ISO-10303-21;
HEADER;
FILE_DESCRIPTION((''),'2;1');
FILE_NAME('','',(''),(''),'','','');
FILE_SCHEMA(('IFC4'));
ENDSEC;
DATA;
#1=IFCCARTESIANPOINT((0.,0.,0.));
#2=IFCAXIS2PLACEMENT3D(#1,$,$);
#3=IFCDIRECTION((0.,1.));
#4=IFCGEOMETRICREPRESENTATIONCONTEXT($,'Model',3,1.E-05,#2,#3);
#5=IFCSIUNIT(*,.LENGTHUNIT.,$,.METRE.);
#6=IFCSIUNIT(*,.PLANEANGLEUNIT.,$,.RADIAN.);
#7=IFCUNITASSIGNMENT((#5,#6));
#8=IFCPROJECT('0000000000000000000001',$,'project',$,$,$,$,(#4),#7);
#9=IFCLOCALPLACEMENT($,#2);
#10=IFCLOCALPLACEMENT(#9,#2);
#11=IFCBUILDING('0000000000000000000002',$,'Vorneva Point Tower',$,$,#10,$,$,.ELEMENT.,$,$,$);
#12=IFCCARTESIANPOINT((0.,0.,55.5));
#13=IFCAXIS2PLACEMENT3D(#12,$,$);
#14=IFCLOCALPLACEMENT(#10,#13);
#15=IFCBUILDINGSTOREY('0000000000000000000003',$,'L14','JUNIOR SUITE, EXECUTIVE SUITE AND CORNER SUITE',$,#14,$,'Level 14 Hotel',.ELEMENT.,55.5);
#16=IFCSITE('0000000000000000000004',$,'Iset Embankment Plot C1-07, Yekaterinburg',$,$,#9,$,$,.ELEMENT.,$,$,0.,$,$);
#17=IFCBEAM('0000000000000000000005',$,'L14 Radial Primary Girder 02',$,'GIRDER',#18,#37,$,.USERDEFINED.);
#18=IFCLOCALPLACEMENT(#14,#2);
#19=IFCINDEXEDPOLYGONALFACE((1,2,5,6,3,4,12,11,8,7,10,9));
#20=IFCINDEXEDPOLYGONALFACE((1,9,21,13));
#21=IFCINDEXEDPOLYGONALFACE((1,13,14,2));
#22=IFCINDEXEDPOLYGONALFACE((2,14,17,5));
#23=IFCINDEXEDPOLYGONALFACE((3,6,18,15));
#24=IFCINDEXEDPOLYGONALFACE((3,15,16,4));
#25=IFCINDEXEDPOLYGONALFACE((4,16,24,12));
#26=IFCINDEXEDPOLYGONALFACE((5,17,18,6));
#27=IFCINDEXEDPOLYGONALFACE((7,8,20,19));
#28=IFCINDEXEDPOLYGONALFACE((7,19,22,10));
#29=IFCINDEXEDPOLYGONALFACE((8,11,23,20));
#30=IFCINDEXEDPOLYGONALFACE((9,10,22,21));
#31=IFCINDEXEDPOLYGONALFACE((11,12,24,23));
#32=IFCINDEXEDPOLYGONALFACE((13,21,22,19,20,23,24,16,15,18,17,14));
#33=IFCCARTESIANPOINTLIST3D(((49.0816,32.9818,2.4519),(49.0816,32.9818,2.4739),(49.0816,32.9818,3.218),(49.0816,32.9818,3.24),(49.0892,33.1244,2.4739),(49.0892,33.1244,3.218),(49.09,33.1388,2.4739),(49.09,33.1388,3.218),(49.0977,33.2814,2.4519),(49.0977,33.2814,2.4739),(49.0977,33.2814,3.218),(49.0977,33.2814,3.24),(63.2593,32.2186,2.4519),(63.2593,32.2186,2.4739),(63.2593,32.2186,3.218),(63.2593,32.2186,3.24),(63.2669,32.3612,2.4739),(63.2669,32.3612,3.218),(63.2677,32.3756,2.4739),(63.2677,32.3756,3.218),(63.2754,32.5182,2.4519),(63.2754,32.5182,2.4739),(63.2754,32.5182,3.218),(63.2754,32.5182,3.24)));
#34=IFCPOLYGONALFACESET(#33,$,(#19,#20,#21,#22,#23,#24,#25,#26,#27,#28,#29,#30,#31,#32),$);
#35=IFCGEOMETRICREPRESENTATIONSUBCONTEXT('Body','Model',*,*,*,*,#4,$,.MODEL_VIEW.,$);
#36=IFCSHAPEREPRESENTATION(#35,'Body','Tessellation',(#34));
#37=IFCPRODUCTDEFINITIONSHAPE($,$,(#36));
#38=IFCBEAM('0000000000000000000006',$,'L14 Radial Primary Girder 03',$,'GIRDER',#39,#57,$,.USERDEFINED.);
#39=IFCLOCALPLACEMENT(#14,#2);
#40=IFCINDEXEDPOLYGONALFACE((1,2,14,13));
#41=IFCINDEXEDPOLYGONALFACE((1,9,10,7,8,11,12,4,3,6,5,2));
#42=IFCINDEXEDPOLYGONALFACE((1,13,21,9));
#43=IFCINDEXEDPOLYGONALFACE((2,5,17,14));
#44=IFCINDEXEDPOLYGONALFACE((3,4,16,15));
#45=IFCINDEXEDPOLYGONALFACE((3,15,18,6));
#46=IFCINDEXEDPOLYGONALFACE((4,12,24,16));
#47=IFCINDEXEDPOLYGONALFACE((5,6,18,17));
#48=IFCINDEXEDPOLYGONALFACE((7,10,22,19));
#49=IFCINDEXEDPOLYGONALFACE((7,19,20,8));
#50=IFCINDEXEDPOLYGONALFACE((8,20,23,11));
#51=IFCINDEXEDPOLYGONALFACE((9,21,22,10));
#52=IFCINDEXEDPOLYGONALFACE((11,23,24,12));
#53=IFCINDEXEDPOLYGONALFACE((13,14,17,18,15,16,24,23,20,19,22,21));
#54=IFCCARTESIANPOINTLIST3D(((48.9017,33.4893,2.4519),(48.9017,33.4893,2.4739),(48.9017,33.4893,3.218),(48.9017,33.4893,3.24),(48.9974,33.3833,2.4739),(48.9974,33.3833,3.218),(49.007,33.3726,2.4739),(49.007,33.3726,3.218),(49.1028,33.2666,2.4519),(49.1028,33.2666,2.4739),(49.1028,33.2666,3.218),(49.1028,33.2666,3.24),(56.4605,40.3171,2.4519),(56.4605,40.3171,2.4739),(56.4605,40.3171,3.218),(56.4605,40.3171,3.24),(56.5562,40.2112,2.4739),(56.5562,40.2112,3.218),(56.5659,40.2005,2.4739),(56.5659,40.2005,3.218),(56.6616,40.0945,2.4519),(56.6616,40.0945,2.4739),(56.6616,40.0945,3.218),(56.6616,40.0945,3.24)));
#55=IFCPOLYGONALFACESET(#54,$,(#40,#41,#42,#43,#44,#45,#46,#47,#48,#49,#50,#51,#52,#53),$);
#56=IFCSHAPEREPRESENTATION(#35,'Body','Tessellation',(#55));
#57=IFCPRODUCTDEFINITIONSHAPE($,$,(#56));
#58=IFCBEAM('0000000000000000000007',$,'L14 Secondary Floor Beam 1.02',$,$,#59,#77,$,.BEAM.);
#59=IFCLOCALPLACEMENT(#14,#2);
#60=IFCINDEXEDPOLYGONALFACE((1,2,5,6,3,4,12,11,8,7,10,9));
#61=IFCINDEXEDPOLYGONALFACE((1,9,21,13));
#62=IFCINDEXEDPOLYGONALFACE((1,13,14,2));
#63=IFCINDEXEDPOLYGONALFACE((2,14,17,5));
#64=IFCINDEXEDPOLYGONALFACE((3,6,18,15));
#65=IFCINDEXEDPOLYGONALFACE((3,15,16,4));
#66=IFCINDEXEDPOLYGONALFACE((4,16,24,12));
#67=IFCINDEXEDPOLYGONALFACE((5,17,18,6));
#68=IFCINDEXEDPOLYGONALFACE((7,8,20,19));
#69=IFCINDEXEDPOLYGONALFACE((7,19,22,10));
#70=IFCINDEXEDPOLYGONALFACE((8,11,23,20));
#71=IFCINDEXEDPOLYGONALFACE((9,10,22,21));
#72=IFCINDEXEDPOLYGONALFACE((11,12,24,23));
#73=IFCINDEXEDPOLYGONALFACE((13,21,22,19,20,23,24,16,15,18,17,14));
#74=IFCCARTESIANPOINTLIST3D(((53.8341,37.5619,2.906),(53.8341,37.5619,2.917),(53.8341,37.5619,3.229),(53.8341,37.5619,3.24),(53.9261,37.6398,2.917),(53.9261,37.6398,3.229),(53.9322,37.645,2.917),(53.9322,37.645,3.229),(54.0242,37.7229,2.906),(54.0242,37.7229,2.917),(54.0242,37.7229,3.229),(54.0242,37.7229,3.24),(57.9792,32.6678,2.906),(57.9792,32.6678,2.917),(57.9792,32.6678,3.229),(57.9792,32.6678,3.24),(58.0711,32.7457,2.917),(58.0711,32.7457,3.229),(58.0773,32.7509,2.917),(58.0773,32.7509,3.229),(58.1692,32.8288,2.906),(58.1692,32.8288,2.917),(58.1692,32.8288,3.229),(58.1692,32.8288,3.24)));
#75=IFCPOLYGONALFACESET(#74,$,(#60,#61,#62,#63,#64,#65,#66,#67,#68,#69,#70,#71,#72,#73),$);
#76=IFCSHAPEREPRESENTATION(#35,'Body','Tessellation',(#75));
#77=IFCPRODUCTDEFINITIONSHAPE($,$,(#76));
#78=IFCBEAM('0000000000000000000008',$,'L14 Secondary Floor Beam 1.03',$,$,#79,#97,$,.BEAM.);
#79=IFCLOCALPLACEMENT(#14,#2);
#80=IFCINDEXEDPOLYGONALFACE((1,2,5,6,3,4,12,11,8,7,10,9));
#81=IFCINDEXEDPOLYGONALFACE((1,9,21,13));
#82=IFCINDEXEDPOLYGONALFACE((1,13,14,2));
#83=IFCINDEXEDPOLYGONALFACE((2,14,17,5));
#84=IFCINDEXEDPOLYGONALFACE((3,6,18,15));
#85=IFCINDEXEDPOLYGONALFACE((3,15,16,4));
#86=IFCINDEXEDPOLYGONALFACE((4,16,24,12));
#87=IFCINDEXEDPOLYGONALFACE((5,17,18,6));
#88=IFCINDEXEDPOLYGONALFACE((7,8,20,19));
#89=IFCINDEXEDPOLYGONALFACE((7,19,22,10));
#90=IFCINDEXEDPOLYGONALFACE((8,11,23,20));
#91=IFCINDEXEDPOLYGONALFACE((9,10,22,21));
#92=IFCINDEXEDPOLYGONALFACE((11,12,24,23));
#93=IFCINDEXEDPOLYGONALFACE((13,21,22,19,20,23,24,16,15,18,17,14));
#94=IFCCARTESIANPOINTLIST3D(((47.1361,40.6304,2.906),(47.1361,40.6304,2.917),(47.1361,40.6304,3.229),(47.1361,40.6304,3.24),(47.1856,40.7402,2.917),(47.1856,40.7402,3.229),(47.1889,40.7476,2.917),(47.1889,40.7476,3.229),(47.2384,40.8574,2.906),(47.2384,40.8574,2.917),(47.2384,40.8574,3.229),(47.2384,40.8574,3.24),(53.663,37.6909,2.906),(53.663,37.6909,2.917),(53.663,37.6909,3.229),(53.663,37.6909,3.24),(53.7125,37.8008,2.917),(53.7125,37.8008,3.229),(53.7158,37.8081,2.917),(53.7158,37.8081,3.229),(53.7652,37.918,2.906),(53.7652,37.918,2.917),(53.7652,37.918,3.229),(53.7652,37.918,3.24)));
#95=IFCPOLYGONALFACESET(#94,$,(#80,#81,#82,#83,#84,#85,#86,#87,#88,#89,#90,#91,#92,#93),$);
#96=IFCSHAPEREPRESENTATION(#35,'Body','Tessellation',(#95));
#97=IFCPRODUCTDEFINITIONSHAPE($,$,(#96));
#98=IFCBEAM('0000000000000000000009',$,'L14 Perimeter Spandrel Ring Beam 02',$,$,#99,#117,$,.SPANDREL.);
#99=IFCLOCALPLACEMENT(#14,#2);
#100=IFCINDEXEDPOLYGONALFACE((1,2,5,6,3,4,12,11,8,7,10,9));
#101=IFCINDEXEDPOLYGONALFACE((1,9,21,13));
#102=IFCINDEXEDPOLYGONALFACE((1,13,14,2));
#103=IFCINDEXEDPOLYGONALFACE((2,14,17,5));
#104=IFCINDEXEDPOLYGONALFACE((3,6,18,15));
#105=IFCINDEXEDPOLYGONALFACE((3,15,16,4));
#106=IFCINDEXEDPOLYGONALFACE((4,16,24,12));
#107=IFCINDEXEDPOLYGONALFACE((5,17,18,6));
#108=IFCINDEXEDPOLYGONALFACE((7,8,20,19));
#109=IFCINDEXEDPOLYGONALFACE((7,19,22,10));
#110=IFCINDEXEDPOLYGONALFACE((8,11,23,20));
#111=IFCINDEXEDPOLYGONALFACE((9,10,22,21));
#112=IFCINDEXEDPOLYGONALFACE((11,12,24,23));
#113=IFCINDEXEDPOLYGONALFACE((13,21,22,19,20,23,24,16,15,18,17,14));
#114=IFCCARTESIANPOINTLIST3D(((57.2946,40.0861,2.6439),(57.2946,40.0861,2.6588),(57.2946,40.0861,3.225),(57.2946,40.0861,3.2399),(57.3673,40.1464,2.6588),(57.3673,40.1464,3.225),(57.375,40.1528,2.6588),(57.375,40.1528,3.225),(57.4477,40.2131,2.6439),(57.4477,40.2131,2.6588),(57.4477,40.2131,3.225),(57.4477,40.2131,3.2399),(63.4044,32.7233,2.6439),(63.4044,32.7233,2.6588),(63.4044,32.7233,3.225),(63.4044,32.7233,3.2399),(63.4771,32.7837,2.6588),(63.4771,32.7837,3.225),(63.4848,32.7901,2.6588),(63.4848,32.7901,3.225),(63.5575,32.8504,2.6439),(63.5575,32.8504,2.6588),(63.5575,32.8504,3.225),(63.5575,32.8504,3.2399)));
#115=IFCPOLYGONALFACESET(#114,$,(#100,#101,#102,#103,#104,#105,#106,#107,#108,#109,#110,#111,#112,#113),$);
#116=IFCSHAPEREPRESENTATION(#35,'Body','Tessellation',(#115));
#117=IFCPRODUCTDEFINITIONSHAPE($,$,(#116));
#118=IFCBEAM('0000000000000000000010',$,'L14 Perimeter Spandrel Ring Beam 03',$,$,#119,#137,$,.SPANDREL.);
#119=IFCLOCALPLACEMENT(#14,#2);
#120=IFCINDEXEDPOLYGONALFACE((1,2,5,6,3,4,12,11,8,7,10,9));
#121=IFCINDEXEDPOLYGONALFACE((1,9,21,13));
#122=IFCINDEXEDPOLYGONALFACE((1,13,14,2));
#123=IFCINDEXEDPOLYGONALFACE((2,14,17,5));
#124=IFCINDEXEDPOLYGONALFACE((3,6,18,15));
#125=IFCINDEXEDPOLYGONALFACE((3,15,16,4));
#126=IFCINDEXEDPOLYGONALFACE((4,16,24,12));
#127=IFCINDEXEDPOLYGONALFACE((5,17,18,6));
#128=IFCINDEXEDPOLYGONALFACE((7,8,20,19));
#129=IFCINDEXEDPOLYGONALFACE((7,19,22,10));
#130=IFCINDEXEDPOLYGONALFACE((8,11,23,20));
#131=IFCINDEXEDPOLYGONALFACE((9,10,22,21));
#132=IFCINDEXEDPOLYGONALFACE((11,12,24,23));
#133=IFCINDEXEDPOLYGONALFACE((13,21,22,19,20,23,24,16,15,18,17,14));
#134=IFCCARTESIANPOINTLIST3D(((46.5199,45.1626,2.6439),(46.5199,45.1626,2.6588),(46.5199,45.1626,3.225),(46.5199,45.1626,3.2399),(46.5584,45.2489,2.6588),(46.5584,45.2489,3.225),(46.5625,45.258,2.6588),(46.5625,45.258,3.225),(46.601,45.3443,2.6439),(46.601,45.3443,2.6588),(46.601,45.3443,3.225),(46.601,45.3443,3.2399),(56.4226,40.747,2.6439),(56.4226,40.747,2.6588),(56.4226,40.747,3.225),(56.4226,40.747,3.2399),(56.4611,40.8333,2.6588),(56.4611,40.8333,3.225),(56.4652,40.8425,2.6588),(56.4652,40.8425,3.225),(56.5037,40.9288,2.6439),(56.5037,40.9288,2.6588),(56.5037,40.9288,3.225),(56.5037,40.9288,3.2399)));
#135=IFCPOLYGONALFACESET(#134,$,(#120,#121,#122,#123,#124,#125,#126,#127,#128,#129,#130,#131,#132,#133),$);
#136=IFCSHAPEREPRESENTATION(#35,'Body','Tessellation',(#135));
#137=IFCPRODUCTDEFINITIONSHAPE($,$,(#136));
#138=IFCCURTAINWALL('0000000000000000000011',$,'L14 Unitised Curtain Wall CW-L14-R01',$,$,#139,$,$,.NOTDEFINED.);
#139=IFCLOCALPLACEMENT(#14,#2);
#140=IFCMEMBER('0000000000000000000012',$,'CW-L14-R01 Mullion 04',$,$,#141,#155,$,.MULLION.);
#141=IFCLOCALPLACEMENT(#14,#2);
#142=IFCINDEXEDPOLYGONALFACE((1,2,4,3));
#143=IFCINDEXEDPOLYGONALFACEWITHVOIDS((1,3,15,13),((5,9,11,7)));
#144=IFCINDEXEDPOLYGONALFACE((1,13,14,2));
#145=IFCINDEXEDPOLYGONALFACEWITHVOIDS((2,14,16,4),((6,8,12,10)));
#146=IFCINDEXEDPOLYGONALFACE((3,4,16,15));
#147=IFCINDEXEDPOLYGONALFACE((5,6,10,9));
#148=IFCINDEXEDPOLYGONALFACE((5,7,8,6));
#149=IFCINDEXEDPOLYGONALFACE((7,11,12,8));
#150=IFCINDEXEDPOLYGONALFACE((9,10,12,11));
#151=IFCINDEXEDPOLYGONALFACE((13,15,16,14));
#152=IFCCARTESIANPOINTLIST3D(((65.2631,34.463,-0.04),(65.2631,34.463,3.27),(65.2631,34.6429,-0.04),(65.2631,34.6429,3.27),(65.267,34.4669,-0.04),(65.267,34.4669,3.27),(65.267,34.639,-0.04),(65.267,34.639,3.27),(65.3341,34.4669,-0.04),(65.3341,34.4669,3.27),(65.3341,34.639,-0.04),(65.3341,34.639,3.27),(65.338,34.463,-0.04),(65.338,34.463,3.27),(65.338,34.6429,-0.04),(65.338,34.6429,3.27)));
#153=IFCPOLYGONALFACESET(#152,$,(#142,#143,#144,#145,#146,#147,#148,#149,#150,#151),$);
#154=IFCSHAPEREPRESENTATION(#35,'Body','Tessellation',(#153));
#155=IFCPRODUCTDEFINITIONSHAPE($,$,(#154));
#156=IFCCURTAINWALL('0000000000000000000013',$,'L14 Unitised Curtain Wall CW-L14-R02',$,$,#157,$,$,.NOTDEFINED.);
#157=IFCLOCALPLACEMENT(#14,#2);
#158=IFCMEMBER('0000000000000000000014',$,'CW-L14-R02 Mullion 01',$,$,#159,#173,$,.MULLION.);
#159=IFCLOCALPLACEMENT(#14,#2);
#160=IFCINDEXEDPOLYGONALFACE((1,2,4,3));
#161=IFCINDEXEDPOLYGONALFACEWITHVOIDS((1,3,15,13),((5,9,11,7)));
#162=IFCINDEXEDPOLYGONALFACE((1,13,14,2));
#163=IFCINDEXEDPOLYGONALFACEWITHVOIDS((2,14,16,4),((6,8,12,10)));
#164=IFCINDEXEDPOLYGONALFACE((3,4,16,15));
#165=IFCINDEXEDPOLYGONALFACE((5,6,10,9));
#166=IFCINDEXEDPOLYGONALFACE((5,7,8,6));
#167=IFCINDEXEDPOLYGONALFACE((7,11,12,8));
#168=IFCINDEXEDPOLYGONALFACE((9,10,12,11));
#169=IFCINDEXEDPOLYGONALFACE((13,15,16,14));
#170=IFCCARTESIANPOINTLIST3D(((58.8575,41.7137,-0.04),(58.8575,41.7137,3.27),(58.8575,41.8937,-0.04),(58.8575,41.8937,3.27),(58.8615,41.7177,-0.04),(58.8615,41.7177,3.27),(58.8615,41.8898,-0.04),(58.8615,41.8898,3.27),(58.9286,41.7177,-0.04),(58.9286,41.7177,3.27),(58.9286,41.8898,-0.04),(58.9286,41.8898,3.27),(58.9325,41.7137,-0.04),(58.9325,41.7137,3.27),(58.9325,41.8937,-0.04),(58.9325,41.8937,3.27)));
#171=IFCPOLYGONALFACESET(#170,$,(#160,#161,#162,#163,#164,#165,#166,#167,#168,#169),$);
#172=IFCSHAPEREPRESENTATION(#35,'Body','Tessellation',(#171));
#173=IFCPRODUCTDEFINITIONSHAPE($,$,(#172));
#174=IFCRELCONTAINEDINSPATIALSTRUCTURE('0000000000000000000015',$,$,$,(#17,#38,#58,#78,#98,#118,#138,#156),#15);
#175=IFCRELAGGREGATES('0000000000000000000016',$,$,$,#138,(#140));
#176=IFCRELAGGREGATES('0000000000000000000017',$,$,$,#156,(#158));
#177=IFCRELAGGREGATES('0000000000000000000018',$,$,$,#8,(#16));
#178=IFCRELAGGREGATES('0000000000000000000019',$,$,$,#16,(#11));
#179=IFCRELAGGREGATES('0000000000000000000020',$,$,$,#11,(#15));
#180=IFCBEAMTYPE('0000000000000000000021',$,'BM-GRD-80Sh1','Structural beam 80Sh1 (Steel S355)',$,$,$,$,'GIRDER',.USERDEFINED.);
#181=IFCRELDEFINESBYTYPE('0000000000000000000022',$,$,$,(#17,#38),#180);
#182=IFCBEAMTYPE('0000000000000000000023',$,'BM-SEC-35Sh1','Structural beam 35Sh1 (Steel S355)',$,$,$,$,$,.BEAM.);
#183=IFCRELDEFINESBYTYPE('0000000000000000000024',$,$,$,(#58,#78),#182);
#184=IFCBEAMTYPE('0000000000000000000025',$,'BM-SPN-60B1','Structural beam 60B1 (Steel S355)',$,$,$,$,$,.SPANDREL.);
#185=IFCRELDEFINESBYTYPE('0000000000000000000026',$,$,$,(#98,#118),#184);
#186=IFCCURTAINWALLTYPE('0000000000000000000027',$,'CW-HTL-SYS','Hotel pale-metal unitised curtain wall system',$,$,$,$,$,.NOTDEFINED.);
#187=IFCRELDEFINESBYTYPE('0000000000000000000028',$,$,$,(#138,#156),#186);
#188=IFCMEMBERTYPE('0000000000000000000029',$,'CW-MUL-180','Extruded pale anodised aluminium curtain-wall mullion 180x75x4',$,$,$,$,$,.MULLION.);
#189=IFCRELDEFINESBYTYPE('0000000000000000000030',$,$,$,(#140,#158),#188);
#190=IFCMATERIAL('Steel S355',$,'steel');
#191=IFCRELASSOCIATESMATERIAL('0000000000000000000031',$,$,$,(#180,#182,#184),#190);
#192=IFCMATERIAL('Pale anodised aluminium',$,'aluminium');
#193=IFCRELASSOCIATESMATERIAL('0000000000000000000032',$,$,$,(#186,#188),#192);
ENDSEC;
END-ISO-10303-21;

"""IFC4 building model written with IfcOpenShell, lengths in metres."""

from ifc_helpers import new_model, si_unit, direction, frame, origin, origin_2d, place, context, subcontext, project, spatial, hollow_rectangle, i_section, extrude, material, material_profile, profile_set, type_object, element, aggregate, save


model = new_model("IFC4")

# Units and contexts
model_context = context("Model", 3, precision=1e-05, world=origin(), true_north=direction((0.0, 1.0)))
body_context = subcontext(model_context, "Body", "Model", "MODEL_VIEW")
ifc_project = project(units=[si_unit("LENGTHUNIT", "METRE"), si_unit("PLANEANGLEUNIT", "RADIAN")], contexts=[model_context])

# Site, building, storey
site_placement = place(None, origin())
site = spatial("IfcSite", under=ifc_project, at=site_placement, Name="Iset Embankment Plot C1-07, Yekaterinburg", CompositionType="ELEMENT", RefElevation=0.0)
building_placement = place(site_placement, origin())
building = spatial("IfcBuilding", under=site, at=building_placement, Name="Vorneva Point Tower", CompositionType="ELEMENT")
storey_placement = place(building_placement, frame((0.0, 0.0, 55.5)))
storey = spatial("IfcBuildingStorey", under=building, at=storey_placement, Name="L14", Description="JUNIOR SUITE, EXECUTIVE SUITE AND CORNER SUITE", LongName="Level 14 Hotel", CompositionType="ELEMENT", Elevation=55.5)

# Beams
ifc_material_1 = material(Name="Steel S355", Category="steel")
ifc_material_profile_1 = material_profile(ifc_material_1, i_section(OverallWidth=0.3, OverallDepth=0.7881, WebThickness=0.0144, FlangeThickness=0.022, at=origin_2d()), Name="80Sh1")
ifc_profile_set_1 = profile_set([ifc_material_profile_1], Name="Steel S355")
beam_type_1 = type_object("IfcBeamType", Name="BM-GRD-80Sh1", Description="Structural beam 80Sh1 (Steel S355)", ElementType="GIRDER", PredefinedType="USERDEFINED", material=ifc_profile_set_1)
beam_1_placement = place(storey_placement, frame((63.2673, 32.3684, 2.8459), z_axis=(-0.998554, 0.053752, 0.0), x_axis=(-0.053752, -0.998554, 0.0)))
element("IfcBeam", 1, at=beam_1_placement, inside=storey, type_object=beam_type_1, Name="L14 Radial Primary Girder 02", ObjectType="GIRDER", PredefinedType="USERDEFINED", context=body_context, shape_type="SweptSolid", body=[
    extrude(i_section(OverallWidth=0.3, OverallDepth=0.7881, WebThickness=0.0144, FlangeThickness=0.022, at=origin_2d()), origin(), (0.0, 0.0, 1.0), 14.1982),
])
beam_2_placement = place(storey_placement, frame((56.561, 40.2058, 2.8459), z_axis=(-0.742076, -0.670316, 0.0), x_axis=(0.670316, -0.742076, 0.0)))
element("IfcBeam", 2, at=beam_2_placement, inside=storey, type_object=beam_type_1, Name="L14 Radial Primary Girder 03", ObjectType="GIRDER", PredefinedType="USERDEFINED", context=body_context, shape_type="SweptSolid", body=[
    extrude(i_section(OverallWidth=0.3, OverallDepth=0.7881, WebThickness=0.0144, FlangeThickness=0.022, at=origin_2d()), origin(), (0.0, 0.0, 1.0), 10.186),
])
ifc_material_profile_2 = material_profile(ifc_material_1, i_section(OverallWidth=0.249, OverallDepth=0.334, WebThickness=0.0081, FlangeThickness=0.011, at=origin_2d()), Name="35Sh1")
ifc_profile_set_2 = profile_set([ifc_material_profile_2], Name="Steel S355")
beam_type_2 = type_object("IfcBeamType", Name="BM-SEC-35Sh1", Description="Structural beam 35Sh1 (Steel S355)", PredefinedType="BEAM", material=ifc_profile_set_2)
beam_3_placement = place(storey_placement, frame((58.0742, 32.7483, 3.073), z_axis=(-0.646297, 0.763086, 0.0), x_axis=(-0.763086, -0.646297, 0.0)))
element("IfcBeam", 3, at=beam_3_placement, inside=storey, type_object=beam_type_2, Name="L14 Secondary Floor Beam 1.02", PredefinedType="BEAM", context=body_context, shape_type="SweptSolid", body=[
    extrude(i_section(OverallWidth=0.249, OverallDepth=0.334, WebThickness=0.0081, FlangeThickness=0.011, at=origin_2d()), origin(), (0.0, 0.0, 1.0), 6.4136),
])
beam_4_placement = place(storey_placement, frame((53.7141, 37.8044, 3.073), z_axis=(-0.911798, 0.41064, 0.0), x_axis=(-0.41064, -0.911798, 0.0)))
element("IfcBeam", 4, at=beam_4_placement, inside=storey, type_object=beam_type_2, Name="L14 Secondary Floor Beam 1.03", PredefinedType="BEAM", context=body_context, shape_type="SweptSolid", body=[
    extrude(i_section(OverallWidth=0.249, OverallDepth=0.334, WebThickness=0.0081, FlangeThickness=0.011, at=origin_2d()), origin(), (0.0, 0.0, 1.0), 7.1582),
])
ifc_material_profile_3 = material_profile(ifc_material_1, i_section(OverallWidth=0.199, OverallDepth=0.5959, WebThickness=0.01, FlangeThickness=0.0149, at=origin_2d()), Name="60B1")
ifc_profile_set_3 = profile_set([ifc_material_profile_3], Name="Steel S355")
beam_type_3 = type_object("IfcBeamType", Name="BM-SPN-60B1", Description="Structural beam 60B1 (Steel S355)", PredefinedType="SPANDREL", material=ifc_profile_set_3)
beam_5_placement = place(storey_placement, frame((63.481, 32.7869, 2.9419), z_axis=(-0.638592, 0.769546, 0.0), x_axis=(-0.769546, -0.638592, 0.0)))
element("IfcBeam", 5, at=beam_5_placement, inside=storey, type_object=beam_type_3, Name="L14 Perimeter Spandrel Ring Beam 02", PredefinedType="SPANDREL", context=body_context, shape_type="SweptSolid", body=[
    extrude(i_section(OverallWidth=0.199, OverallDepth=0.5959, WebThickness=0.01, FlangeThickness=0.0149, at=origin_2d()), origin(), (0.0, 0.0, 1.0), 9.5676),
])
beam_6_placement = place(storey_placement, frame((56.4631, 40.8379, 2.9419), z_axis=(-0.913319, 0.407245, 0.0), x_axis=(-0.407245, -0.913319, 0.0)))
element("IfcBeam", 6, at=beam_6_placement, inside=storey, type_object=beam_type_3, Name="L14 Perimeter Spandrel Ring Beam 03", PredefinedType="SPANDREL", context=body_context, shape_type="SweptSolid", body=[
    extrude(i_section(OverallWidth=0.199, OverallDepth=0.5959, WebThickness=0.01, FlangeThickness=0.0149, at=origin_2d()), origin(), (0.0, 0.0, 1.0), 10.8425),
])

# Curtain wall, member
ifc_material_2 = material(Name="Pale anodised aluminium", Category="aluminium")
curtain_wall_type = type_object("IfcCurtainWallType", Name="CW-HTL-SYS", Description="Hotel pale-metal unitised curtain wall system", PredefinedType="NOTDEFINED", material=ifc_material_2)
curtain_wall_1_placement = place(storey_placement, origin())
curtain_wall_1 = element("IfcCurtainWall", 7, at=curtain_wall_1_placement, inside=storey, type_object=curtain_wall_type, Name="L14 Unitised Curtain Wall CW-L14-R01", PredefinedType="NOTDEFINED")
ifc_material_profile_4 = material_profile(ifc_material_2, hollow_rectangle(XDim=0.075, YDim=0.1799, WallThickness=0.0039, at=origin_2d()), Name="AL-MUL 180x75x4")
ifc_profile_set_4 = profile_set([ifc_material_profile_4], Name="Pale anodised aluminium")
member_type_1 = type_object("IfcMemberType", Name="CW-MUL-180", Description="Extruded pale anodised aluminium curtain-wall mullion 180x75x4", PredefinedType="MULLION", material=ifc_profile_set_4)
member_1_placement = place(storey_placement, frame((65.3005, 34.553, -0.04), z_axis=(0.0, 0.0, 1.0), x_axis=(1.0, 0.0, 0.0)))
member_1 = element("IfcMember", 8, at=member_1_placement, type_object=member_type_1, Name="CW-L14-R01 Mullion 04", PredefinedType="MULLION", context=body_context, shape_type="SweptSolid", body=[
    extrude(hollow_rectangle(XDim=0.075, YDim=0.1799, WallThickness=0.0039, at=origin_2d()), origin(), (0.0, 0.0, 1.0), 3.3101),
])

# Curtain wall, member
curtain_wall_2_placement = place(storey_placement, origin())
curtain_wall_2 = element("IfcCurtainWall", 9, at=curtain_wall_2_placement, inside=storey, type_object=curtain_wall_type, Name="L14 Unitised Curtain Wall CW-L14-R02", PredefinedType="NOTDEFINED")
member_2_placement = place(storey_placement, frame((58.895, 41.8037, -0.04), z_axis=(0.0, 0.0, 1.0), x_axis=(1.0, 0.0, 0.0)))
member_2 = element("IfcMember", 10, at=member_2_placement, type_object=member_type_1, Name="CW-L14-R02 Mullion 01", PredefinedType="MULLION", context=body_context, shape_type="SweptSolid", body=[
    extrude(hollow_rectangle(XDim=0.075, YDim=0.1799, WallThickness=0.0039, at=origin_2d()), origin(), (0.0, 0.0, 1.0), 3.3101),
])

aggregate(curtain_wall_1, [member_1])
aggregate(curtain_wall_2, [member_2])

save(model, "model.ifc")
